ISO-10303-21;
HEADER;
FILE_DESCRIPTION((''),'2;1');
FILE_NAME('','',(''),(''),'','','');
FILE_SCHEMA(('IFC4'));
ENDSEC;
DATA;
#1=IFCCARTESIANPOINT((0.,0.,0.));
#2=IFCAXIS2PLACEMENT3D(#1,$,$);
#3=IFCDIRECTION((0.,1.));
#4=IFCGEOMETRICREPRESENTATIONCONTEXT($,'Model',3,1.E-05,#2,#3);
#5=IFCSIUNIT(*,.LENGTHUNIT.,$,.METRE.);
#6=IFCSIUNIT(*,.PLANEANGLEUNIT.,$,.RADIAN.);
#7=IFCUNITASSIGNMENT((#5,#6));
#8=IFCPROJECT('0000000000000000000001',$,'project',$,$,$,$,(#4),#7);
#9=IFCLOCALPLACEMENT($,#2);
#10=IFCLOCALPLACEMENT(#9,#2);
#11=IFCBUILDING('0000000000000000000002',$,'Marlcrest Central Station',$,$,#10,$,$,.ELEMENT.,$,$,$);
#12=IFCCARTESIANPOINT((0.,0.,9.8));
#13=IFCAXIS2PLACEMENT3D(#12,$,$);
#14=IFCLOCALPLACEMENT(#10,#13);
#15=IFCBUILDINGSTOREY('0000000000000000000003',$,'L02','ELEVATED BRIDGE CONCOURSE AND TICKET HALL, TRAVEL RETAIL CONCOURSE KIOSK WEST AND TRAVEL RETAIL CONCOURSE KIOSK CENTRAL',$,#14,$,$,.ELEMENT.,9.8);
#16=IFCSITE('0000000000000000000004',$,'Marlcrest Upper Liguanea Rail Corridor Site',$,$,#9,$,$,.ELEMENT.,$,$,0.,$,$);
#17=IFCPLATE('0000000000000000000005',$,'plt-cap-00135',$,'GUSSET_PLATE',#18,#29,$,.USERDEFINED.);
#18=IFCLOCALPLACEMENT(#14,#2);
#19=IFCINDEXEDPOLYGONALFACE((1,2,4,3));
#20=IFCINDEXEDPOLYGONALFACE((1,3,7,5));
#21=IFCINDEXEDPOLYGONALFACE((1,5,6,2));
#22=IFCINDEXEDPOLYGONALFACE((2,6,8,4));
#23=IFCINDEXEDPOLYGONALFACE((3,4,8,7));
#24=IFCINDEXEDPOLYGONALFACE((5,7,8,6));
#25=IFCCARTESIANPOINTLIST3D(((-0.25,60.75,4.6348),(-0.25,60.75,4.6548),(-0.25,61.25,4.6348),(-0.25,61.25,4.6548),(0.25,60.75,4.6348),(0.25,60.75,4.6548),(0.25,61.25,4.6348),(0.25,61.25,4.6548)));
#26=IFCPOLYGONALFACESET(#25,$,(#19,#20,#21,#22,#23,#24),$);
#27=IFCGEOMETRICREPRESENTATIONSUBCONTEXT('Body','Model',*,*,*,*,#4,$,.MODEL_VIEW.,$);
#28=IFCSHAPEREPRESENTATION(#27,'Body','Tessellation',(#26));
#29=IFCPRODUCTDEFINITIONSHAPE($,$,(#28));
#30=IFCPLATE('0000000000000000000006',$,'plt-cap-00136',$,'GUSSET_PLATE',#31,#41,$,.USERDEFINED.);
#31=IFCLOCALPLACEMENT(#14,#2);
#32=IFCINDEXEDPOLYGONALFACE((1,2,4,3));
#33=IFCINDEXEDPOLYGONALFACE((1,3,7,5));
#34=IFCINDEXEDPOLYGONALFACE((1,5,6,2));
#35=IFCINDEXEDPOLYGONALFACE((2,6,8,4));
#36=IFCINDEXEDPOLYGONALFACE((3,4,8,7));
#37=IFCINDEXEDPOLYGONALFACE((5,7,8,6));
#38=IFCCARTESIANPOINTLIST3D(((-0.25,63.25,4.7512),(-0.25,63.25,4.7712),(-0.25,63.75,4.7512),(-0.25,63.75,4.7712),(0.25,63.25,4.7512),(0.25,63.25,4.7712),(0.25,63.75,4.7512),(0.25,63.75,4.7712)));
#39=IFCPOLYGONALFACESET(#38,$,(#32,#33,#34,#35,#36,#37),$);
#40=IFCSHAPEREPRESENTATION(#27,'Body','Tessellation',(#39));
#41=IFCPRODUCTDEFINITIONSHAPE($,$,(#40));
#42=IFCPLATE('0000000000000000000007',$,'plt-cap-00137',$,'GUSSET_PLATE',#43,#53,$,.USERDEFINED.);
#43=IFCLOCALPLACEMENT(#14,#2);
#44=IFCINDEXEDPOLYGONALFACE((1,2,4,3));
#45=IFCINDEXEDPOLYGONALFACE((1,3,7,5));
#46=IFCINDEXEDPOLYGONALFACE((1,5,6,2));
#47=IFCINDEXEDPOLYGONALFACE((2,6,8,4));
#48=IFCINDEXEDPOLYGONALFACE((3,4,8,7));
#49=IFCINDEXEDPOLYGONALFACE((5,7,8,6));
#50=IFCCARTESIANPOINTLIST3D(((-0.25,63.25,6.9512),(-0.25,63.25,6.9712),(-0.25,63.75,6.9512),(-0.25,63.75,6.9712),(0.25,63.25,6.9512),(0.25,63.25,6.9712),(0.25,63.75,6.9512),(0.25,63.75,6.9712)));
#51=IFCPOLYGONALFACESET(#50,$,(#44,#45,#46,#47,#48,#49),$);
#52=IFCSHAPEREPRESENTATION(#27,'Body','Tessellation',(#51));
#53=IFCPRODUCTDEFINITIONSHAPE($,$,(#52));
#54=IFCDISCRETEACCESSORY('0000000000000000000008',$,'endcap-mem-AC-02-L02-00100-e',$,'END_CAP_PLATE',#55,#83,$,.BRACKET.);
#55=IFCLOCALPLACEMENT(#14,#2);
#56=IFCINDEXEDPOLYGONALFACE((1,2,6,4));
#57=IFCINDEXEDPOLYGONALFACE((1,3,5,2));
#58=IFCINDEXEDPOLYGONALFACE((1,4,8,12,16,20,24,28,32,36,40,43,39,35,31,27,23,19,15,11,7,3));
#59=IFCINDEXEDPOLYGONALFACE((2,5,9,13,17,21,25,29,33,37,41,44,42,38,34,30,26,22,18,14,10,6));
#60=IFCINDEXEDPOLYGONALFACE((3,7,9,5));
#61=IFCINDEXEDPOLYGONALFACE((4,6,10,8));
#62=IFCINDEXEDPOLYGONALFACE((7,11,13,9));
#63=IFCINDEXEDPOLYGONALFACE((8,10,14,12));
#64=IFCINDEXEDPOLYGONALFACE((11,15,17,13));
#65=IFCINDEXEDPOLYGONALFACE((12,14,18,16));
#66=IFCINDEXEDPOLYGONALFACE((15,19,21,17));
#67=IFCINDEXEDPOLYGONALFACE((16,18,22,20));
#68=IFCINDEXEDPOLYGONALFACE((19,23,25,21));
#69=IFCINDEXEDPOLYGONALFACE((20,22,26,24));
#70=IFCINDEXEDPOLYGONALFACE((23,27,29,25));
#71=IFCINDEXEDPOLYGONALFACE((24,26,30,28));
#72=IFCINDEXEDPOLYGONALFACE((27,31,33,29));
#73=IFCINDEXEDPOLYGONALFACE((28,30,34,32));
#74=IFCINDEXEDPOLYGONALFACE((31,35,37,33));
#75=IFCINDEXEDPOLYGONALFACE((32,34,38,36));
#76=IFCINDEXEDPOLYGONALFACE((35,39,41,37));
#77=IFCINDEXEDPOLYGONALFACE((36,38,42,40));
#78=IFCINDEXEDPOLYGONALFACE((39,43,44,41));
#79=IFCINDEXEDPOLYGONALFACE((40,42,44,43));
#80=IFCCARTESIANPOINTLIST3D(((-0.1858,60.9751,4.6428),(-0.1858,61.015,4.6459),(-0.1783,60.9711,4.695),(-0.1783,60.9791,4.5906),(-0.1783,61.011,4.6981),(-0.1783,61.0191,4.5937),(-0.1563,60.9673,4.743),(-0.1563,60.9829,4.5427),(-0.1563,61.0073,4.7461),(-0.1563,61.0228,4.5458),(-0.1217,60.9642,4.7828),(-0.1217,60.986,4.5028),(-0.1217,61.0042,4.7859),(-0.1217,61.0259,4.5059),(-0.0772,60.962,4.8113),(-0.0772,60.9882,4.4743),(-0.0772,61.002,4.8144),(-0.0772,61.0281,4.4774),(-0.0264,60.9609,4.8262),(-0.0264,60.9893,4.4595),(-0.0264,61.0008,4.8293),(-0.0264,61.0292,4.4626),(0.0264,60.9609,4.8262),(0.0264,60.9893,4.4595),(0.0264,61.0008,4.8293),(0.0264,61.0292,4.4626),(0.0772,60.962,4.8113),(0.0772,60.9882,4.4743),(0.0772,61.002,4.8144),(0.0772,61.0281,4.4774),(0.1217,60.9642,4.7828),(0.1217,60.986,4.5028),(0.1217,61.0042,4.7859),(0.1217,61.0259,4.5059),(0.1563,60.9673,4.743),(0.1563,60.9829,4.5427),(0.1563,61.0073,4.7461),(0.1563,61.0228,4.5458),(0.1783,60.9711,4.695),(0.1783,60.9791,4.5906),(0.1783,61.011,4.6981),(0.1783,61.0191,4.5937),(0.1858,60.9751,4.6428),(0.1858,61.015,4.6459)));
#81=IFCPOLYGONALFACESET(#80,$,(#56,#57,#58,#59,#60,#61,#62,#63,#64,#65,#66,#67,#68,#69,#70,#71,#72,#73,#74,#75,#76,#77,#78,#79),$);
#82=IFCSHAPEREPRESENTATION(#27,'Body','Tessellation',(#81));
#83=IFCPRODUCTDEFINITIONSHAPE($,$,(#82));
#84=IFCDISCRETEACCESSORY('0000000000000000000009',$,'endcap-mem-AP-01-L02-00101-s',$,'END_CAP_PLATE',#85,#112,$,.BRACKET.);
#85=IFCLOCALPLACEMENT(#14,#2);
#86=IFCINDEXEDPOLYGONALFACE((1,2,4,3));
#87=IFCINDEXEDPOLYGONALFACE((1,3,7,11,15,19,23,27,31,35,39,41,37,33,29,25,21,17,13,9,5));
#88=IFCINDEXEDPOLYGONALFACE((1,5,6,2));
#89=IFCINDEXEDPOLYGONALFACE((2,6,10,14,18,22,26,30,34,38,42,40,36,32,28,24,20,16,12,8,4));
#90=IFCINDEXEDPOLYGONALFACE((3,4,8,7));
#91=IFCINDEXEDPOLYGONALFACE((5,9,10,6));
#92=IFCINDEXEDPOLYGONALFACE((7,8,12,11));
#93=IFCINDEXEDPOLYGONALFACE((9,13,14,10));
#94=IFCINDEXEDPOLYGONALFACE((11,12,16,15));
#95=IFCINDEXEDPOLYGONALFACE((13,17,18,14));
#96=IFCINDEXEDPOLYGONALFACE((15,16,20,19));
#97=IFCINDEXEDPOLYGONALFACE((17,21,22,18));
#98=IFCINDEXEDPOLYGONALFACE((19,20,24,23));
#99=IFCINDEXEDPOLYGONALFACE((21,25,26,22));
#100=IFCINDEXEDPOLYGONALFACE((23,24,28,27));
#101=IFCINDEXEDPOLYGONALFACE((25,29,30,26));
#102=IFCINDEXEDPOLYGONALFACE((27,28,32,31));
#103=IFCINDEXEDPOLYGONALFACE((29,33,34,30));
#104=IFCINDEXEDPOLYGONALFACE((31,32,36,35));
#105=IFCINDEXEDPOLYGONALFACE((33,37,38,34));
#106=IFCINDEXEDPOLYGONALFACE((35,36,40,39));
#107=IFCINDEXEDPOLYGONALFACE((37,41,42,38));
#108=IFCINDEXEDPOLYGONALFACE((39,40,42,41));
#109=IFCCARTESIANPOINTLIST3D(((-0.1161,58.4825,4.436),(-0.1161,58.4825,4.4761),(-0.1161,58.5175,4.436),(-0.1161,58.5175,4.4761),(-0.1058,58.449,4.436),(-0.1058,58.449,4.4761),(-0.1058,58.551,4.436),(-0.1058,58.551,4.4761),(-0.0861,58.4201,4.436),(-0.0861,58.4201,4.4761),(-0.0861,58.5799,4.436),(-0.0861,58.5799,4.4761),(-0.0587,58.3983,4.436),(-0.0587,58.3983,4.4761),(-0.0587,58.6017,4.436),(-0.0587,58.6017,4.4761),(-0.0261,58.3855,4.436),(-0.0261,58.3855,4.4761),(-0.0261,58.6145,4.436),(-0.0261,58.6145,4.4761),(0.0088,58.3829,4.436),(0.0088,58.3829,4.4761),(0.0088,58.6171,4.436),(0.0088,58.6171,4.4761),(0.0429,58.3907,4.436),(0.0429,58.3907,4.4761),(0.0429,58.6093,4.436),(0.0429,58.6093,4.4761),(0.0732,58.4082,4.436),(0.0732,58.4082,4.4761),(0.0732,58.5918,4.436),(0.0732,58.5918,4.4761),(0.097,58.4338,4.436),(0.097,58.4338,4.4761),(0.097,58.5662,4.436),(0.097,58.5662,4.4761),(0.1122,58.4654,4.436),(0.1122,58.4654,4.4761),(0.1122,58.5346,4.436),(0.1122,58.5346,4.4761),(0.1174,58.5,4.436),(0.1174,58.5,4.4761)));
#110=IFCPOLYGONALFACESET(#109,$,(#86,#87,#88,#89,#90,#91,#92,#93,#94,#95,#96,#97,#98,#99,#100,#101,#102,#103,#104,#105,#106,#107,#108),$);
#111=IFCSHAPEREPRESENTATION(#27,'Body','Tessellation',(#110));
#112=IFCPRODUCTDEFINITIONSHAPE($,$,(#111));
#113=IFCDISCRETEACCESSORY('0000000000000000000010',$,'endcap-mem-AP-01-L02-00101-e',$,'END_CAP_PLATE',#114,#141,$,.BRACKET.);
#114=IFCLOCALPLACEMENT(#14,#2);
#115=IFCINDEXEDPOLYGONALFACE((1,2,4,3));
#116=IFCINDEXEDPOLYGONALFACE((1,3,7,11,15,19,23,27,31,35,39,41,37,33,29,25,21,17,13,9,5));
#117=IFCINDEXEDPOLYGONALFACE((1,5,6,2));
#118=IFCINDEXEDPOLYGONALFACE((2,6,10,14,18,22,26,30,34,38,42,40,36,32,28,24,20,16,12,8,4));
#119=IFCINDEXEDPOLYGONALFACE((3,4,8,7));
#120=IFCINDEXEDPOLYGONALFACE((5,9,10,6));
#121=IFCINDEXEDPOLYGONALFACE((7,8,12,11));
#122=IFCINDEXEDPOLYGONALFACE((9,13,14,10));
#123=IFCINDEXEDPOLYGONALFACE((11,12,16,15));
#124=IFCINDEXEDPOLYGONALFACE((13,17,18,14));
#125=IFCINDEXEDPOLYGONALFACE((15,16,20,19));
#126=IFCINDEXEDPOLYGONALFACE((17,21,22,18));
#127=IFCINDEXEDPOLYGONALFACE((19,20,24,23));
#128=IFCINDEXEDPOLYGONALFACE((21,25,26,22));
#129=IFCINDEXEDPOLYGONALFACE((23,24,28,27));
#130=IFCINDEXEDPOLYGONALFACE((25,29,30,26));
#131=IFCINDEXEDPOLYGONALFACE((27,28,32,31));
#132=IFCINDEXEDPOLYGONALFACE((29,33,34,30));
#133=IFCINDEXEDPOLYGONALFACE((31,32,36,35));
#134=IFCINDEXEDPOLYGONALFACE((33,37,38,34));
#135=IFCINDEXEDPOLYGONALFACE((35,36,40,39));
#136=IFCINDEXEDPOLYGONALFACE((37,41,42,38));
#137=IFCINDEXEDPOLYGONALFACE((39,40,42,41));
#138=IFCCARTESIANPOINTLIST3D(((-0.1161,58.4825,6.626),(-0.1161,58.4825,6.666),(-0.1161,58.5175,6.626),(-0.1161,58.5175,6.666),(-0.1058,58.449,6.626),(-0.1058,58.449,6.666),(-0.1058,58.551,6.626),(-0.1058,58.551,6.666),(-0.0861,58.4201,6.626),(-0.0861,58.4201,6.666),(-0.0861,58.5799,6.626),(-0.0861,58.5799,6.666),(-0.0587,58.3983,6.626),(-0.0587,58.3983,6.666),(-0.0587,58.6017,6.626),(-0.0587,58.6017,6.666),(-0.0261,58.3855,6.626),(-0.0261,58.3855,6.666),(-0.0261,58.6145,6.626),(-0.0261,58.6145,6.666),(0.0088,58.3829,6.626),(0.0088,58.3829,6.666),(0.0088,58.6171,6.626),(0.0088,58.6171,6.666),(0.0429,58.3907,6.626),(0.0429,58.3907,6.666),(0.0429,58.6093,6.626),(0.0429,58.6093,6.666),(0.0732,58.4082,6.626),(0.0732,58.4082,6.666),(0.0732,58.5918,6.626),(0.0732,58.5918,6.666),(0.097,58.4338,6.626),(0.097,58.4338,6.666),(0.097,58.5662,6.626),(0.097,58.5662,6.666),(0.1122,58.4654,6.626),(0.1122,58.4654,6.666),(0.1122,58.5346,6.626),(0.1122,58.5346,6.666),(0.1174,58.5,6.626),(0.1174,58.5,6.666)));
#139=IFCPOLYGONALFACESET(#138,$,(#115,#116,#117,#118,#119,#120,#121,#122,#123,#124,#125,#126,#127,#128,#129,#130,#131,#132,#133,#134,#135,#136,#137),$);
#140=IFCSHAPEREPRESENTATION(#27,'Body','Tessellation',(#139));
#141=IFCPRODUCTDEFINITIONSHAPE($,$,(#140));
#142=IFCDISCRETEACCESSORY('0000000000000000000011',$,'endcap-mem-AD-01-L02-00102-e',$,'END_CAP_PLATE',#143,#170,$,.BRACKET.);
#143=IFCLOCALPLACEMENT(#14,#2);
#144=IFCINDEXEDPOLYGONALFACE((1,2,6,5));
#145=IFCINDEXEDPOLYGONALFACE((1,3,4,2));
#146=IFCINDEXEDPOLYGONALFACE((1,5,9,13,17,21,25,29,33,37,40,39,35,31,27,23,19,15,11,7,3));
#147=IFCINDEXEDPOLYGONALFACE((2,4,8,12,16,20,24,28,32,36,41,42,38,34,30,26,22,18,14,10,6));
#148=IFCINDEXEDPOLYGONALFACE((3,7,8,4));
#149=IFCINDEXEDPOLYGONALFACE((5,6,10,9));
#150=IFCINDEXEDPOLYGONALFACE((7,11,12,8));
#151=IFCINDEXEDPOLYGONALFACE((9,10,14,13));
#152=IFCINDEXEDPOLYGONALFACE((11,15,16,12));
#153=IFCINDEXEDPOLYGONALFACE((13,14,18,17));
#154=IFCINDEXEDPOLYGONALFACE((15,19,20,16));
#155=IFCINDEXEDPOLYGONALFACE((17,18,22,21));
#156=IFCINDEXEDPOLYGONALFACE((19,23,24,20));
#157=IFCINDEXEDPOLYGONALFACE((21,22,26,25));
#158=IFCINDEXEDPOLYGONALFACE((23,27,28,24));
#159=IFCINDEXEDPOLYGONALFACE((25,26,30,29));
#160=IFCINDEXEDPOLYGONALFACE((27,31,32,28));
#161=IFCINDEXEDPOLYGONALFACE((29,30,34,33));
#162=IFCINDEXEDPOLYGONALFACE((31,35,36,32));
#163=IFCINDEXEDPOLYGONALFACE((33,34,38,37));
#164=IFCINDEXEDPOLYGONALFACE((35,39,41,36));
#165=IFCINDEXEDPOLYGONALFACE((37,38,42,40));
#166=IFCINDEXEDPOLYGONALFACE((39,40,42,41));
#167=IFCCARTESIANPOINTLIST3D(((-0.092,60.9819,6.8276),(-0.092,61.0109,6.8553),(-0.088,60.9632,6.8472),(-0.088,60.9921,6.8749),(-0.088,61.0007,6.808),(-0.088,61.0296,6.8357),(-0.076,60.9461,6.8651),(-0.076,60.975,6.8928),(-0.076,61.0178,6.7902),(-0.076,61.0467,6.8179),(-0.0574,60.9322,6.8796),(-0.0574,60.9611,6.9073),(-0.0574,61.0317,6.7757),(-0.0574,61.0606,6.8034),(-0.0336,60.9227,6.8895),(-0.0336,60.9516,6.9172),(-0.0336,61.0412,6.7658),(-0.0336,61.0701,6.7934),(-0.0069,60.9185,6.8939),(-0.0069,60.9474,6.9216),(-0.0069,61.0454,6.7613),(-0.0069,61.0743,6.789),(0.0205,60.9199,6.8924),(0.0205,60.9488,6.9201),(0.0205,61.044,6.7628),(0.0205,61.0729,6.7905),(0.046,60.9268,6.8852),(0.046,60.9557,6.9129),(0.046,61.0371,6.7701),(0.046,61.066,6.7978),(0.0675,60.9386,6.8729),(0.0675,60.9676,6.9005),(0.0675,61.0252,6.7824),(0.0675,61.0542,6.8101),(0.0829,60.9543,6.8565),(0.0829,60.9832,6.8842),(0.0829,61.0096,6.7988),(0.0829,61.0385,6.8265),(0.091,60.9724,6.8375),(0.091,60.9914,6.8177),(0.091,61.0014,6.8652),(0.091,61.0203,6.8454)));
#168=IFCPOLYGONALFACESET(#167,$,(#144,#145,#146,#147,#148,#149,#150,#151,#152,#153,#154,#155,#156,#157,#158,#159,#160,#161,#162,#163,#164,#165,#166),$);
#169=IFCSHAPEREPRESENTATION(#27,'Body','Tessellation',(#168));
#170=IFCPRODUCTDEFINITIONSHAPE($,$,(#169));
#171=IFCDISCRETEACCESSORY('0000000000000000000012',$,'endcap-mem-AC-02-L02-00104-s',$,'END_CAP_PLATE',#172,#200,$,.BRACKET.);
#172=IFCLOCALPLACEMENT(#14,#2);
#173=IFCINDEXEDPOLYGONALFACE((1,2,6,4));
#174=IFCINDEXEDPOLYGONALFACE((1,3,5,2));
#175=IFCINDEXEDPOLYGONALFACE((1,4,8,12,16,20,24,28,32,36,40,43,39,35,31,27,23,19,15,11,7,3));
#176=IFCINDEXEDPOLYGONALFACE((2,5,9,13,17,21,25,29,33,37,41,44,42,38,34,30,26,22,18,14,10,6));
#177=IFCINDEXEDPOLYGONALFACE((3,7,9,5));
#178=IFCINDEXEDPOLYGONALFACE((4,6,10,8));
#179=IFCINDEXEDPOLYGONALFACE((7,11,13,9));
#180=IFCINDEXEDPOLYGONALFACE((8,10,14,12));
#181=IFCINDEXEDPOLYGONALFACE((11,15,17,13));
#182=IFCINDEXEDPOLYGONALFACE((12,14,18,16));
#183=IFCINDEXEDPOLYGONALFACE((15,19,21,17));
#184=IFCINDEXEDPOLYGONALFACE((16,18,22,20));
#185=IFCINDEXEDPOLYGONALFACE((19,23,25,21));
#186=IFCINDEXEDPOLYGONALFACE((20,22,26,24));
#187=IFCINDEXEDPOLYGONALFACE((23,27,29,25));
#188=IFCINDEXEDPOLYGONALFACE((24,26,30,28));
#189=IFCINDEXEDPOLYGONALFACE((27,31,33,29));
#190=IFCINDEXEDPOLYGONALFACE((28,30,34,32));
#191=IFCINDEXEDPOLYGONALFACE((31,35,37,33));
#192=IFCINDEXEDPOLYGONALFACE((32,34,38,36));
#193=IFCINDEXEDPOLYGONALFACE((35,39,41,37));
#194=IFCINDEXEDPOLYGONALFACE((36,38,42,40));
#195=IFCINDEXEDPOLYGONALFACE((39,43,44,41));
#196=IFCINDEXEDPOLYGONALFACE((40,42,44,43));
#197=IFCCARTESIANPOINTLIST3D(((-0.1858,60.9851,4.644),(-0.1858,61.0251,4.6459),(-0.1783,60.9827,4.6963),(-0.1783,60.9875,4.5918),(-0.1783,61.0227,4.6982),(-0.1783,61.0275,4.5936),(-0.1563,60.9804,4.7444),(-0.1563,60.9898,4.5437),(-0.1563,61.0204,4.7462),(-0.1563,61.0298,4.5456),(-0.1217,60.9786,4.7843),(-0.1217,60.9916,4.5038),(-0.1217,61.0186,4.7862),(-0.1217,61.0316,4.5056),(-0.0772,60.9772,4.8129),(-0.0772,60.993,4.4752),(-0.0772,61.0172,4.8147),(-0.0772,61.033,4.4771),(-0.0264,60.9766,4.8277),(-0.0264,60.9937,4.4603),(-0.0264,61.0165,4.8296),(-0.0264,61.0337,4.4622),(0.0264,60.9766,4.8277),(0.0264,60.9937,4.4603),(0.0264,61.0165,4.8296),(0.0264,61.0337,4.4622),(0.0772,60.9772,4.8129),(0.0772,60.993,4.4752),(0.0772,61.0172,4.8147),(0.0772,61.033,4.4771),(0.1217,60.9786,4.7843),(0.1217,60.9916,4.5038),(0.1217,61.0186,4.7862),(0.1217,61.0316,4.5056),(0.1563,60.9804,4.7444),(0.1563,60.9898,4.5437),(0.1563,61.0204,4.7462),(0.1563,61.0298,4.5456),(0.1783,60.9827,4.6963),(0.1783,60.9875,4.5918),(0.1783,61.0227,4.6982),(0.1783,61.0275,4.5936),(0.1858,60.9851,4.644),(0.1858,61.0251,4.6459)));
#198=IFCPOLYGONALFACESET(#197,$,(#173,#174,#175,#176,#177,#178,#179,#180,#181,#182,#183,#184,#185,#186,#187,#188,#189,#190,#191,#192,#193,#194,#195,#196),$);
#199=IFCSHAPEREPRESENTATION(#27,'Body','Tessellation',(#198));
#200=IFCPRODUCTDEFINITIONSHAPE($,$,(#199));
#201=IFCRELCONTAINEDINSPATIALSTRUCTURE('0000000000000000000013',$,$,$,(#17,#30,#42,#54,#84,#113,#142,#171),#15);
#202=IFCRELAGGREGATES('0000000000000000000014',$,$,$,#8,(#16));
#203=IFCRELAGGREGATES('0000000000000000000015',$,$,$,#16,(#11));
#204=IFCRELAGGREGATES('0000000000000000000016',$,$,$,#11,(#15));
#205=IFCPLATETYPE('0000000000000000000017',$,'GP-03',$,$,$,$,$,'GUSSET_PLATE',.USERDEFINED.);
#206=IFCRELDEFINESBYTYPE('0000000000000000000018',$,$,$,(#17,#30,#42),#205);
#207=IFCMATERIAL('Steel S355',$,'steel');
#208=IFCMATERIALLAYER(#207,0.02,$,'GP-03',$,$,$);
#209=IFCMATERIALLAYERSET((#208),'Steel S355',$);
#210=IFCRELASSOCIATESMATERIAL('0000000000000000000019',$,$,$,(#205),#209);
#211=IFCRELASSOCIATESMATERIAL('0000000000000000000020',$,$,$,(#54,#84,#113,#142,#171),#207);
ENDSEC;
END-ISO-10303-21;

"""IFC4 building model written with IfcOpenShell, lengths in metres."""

from ifc_helpers import new_model, si_unit, direction, frame, origin, origin_2d, place, context, subcontext, project, spatial, rectangle, circle, extrude, material, layer, layer_set, type_object, element, save


model = new_model("IFC4")

# Units and contexts
model_context = context("Model", 3, precision=1e-05, world=origin(), true_north=direction((0.0, 1.0)))
body_context = subcontext(model_context, "Body", "Model", "MODEL_VIEW")
ifc_project = project(units=[si_unit("LENGTHUNIT", "METRE"), si_unit("PLANEANGLEUNIT", "RADIAN")], contexts=[model_context])

# Site, building, storey
site_placement = place(None, origin())
site = spatial("IfcSite", under=ifc_project, at=site_placement, Name="Marlcrest Upper Liguanea Rail Corridor Site", CompositionType="ELEMENT", RefElevation=0.0)
building_placement = place(site_placement, origin())
building = spatial("IfcBuilding", under=site, at=building_placement, Name="Marlcrest Central Station", CompositionType="ELEMENT")
storey_placement = place(building_placement, frame((0.0, 0.0, 9.8)))
storey = spatial("IfcBuildingStorey", under=building, at=storey_placement, Name="L02", Description="ELEVATED BRIDGE CONCOURSE AND TICKET HALL, TRAVEL RETAIL CONCOURSE KIOSK WEST AND TRAVEL RETAIL CONCOURSE KIOSK CENTRAL", CompositionType="ELEMENT", Elevation=9.8)

# Shared definitions
ifc_material = material(Name="Steel S355", Category="steel")

# Plates
ifc_layer = layer(ifc_material, 0.02, Name="GP-03")
ifc_layer_set = layer_set([ifc_layer], Name="Steel S355")
plate_type = type_object("IfcPlateType", Name="GP-03", ElementType="GUSSET_PLATE", PredefinedType="USERDEFINED", material=ifc_layer_set)
for number, where, z_axis, x_axis, name in (
    (1, (0.0, 61.0, 4.6348), (0.0, 0.0, 1.0), (1.0, 0.0, 0.0), "plt-cap-00135"),
    (2, (0.0, 63.5, 4.7512), (0.0, 0.0, 1.0), (1.0, 0.0, 0.0), "plt-cap-00136"),
    (3, (0.0, 63.5, 6.9512), (0.0, 0.0, 1.0), (1.0, 0.0, 0.0), "plt-cap-00137"),
):
    element("IfcPlate", number, at=place(storey_placement, frame(where, z_axis=z_axis, x_axis=x_axis)), inside=storey, type_object=plate_type, Name=name, ObjectType="GUSSET_PLATE", PredefinedType="USERDEFINED", context=body_context, shape_type="SweptSolid", body=[
        extrude(rectangle(XDim=0.5, YDim=0.5, at=origin_2d()), origin(), (0.0, 0.0, 1.0), 0.02),
    ])

# Discrete accessories
discrete_accessory_1_placement = place(storey_placement, frame((0.0, 60.9751, 4.6428), z_axis=(0.0, 0.997007, 0.077307), x_axis=(-1.0, 0.0, 0.0)))
element("IfcDiscreteAccessory", 4, at=discrete_accessory_1_placement, inside=storey, material=ifc_material, Name="endcap-mem-AC-02-L02-00100-e", ObjectType="END_CAP_PLATE", PredefinedType="BRACKET", context=body_context, shape_type="SweptSolid", body=[
    extrude(circle(Radius=0.1858, at=origin_2d()), origin(), (0.0, 0.0, 1.0), 0.04),
])
for number, where, z_axis, x_axis, name in (
    (5, (0.0, 58.5, 4.436), (0.0, 0.0, 1.0), (1.0, 0.0, 0.0), "endcap-mem-AP-01-L02-00101-s"),
    (6, (0.0, 58.5, 6.626), (0.0, 0.0, 1.0), (1.0, 0.0, 0.0), "endcap-mem-AP-01-L02-00101-e"),
):
    element("IfcDiscreteAccessory", number, at=place(storey_placement, frame(where, z_axis=z_axis, x_axis=x_axis)), inside=storey, material=ifc_material, Name=name, ObjectType="END_CAP_PLATE", PredefinedType="BRACKET", context=body_context, shape_type="SweptSolid", body=[
        extrude(circle(Radius=0.1174, at=origin_2d()), origin(), (0.0, 0.0, 1.0), 0.04),
    ])
discrete_accessory_2_placement = place(storey_placement, frame((0.0, 60.9819, 6.8276), z_axis=(0.0, 0.722247, 0.691636), x_axis=(-1.0, 0.0, 0.0)))
element("IfcDiscreteAccessory", 7, at=discrete_accessory_2_placement, inside=storey, material=ifc_material, Name="endcap-mem-AD-01-L02-00102-e", ObjectType="END_CAP_PLATE", PredefinedType="BRACKET", context=body_context, shape_type="SweptSolid", body=[
    extrude(circle(Radius=0.092, at=origin_2d()), origin(), (0.0, 0.0, 1.0), 0.04),
])
for number, where, z_axis, x_axis, name in (
    (8, (0.0, 60.9851, 4.644), (0.0, 0.998917, 0.046532), (-1.0, 0.0, 0.0), "endcap-mem-AC-02-L02-00104-s"),
):
    element("IfcDiscreteAccessory", number, at=place(storey_placement, frame(where, z_axis=z_axis, x_axis=x_axis)), inside=storey, material=ifc_material, Name=name, ObjectType="END_CAP_PLATE", PredefinedType="BRACKET", context=body_context, shape_type="SweptSolid", body=[
        extrude(circle(Radius=0.1858, at=origin_2d()), origin(), (0.0, 0.0, 1.0), 0.04),
    ])

save(model, "model.ifc")
